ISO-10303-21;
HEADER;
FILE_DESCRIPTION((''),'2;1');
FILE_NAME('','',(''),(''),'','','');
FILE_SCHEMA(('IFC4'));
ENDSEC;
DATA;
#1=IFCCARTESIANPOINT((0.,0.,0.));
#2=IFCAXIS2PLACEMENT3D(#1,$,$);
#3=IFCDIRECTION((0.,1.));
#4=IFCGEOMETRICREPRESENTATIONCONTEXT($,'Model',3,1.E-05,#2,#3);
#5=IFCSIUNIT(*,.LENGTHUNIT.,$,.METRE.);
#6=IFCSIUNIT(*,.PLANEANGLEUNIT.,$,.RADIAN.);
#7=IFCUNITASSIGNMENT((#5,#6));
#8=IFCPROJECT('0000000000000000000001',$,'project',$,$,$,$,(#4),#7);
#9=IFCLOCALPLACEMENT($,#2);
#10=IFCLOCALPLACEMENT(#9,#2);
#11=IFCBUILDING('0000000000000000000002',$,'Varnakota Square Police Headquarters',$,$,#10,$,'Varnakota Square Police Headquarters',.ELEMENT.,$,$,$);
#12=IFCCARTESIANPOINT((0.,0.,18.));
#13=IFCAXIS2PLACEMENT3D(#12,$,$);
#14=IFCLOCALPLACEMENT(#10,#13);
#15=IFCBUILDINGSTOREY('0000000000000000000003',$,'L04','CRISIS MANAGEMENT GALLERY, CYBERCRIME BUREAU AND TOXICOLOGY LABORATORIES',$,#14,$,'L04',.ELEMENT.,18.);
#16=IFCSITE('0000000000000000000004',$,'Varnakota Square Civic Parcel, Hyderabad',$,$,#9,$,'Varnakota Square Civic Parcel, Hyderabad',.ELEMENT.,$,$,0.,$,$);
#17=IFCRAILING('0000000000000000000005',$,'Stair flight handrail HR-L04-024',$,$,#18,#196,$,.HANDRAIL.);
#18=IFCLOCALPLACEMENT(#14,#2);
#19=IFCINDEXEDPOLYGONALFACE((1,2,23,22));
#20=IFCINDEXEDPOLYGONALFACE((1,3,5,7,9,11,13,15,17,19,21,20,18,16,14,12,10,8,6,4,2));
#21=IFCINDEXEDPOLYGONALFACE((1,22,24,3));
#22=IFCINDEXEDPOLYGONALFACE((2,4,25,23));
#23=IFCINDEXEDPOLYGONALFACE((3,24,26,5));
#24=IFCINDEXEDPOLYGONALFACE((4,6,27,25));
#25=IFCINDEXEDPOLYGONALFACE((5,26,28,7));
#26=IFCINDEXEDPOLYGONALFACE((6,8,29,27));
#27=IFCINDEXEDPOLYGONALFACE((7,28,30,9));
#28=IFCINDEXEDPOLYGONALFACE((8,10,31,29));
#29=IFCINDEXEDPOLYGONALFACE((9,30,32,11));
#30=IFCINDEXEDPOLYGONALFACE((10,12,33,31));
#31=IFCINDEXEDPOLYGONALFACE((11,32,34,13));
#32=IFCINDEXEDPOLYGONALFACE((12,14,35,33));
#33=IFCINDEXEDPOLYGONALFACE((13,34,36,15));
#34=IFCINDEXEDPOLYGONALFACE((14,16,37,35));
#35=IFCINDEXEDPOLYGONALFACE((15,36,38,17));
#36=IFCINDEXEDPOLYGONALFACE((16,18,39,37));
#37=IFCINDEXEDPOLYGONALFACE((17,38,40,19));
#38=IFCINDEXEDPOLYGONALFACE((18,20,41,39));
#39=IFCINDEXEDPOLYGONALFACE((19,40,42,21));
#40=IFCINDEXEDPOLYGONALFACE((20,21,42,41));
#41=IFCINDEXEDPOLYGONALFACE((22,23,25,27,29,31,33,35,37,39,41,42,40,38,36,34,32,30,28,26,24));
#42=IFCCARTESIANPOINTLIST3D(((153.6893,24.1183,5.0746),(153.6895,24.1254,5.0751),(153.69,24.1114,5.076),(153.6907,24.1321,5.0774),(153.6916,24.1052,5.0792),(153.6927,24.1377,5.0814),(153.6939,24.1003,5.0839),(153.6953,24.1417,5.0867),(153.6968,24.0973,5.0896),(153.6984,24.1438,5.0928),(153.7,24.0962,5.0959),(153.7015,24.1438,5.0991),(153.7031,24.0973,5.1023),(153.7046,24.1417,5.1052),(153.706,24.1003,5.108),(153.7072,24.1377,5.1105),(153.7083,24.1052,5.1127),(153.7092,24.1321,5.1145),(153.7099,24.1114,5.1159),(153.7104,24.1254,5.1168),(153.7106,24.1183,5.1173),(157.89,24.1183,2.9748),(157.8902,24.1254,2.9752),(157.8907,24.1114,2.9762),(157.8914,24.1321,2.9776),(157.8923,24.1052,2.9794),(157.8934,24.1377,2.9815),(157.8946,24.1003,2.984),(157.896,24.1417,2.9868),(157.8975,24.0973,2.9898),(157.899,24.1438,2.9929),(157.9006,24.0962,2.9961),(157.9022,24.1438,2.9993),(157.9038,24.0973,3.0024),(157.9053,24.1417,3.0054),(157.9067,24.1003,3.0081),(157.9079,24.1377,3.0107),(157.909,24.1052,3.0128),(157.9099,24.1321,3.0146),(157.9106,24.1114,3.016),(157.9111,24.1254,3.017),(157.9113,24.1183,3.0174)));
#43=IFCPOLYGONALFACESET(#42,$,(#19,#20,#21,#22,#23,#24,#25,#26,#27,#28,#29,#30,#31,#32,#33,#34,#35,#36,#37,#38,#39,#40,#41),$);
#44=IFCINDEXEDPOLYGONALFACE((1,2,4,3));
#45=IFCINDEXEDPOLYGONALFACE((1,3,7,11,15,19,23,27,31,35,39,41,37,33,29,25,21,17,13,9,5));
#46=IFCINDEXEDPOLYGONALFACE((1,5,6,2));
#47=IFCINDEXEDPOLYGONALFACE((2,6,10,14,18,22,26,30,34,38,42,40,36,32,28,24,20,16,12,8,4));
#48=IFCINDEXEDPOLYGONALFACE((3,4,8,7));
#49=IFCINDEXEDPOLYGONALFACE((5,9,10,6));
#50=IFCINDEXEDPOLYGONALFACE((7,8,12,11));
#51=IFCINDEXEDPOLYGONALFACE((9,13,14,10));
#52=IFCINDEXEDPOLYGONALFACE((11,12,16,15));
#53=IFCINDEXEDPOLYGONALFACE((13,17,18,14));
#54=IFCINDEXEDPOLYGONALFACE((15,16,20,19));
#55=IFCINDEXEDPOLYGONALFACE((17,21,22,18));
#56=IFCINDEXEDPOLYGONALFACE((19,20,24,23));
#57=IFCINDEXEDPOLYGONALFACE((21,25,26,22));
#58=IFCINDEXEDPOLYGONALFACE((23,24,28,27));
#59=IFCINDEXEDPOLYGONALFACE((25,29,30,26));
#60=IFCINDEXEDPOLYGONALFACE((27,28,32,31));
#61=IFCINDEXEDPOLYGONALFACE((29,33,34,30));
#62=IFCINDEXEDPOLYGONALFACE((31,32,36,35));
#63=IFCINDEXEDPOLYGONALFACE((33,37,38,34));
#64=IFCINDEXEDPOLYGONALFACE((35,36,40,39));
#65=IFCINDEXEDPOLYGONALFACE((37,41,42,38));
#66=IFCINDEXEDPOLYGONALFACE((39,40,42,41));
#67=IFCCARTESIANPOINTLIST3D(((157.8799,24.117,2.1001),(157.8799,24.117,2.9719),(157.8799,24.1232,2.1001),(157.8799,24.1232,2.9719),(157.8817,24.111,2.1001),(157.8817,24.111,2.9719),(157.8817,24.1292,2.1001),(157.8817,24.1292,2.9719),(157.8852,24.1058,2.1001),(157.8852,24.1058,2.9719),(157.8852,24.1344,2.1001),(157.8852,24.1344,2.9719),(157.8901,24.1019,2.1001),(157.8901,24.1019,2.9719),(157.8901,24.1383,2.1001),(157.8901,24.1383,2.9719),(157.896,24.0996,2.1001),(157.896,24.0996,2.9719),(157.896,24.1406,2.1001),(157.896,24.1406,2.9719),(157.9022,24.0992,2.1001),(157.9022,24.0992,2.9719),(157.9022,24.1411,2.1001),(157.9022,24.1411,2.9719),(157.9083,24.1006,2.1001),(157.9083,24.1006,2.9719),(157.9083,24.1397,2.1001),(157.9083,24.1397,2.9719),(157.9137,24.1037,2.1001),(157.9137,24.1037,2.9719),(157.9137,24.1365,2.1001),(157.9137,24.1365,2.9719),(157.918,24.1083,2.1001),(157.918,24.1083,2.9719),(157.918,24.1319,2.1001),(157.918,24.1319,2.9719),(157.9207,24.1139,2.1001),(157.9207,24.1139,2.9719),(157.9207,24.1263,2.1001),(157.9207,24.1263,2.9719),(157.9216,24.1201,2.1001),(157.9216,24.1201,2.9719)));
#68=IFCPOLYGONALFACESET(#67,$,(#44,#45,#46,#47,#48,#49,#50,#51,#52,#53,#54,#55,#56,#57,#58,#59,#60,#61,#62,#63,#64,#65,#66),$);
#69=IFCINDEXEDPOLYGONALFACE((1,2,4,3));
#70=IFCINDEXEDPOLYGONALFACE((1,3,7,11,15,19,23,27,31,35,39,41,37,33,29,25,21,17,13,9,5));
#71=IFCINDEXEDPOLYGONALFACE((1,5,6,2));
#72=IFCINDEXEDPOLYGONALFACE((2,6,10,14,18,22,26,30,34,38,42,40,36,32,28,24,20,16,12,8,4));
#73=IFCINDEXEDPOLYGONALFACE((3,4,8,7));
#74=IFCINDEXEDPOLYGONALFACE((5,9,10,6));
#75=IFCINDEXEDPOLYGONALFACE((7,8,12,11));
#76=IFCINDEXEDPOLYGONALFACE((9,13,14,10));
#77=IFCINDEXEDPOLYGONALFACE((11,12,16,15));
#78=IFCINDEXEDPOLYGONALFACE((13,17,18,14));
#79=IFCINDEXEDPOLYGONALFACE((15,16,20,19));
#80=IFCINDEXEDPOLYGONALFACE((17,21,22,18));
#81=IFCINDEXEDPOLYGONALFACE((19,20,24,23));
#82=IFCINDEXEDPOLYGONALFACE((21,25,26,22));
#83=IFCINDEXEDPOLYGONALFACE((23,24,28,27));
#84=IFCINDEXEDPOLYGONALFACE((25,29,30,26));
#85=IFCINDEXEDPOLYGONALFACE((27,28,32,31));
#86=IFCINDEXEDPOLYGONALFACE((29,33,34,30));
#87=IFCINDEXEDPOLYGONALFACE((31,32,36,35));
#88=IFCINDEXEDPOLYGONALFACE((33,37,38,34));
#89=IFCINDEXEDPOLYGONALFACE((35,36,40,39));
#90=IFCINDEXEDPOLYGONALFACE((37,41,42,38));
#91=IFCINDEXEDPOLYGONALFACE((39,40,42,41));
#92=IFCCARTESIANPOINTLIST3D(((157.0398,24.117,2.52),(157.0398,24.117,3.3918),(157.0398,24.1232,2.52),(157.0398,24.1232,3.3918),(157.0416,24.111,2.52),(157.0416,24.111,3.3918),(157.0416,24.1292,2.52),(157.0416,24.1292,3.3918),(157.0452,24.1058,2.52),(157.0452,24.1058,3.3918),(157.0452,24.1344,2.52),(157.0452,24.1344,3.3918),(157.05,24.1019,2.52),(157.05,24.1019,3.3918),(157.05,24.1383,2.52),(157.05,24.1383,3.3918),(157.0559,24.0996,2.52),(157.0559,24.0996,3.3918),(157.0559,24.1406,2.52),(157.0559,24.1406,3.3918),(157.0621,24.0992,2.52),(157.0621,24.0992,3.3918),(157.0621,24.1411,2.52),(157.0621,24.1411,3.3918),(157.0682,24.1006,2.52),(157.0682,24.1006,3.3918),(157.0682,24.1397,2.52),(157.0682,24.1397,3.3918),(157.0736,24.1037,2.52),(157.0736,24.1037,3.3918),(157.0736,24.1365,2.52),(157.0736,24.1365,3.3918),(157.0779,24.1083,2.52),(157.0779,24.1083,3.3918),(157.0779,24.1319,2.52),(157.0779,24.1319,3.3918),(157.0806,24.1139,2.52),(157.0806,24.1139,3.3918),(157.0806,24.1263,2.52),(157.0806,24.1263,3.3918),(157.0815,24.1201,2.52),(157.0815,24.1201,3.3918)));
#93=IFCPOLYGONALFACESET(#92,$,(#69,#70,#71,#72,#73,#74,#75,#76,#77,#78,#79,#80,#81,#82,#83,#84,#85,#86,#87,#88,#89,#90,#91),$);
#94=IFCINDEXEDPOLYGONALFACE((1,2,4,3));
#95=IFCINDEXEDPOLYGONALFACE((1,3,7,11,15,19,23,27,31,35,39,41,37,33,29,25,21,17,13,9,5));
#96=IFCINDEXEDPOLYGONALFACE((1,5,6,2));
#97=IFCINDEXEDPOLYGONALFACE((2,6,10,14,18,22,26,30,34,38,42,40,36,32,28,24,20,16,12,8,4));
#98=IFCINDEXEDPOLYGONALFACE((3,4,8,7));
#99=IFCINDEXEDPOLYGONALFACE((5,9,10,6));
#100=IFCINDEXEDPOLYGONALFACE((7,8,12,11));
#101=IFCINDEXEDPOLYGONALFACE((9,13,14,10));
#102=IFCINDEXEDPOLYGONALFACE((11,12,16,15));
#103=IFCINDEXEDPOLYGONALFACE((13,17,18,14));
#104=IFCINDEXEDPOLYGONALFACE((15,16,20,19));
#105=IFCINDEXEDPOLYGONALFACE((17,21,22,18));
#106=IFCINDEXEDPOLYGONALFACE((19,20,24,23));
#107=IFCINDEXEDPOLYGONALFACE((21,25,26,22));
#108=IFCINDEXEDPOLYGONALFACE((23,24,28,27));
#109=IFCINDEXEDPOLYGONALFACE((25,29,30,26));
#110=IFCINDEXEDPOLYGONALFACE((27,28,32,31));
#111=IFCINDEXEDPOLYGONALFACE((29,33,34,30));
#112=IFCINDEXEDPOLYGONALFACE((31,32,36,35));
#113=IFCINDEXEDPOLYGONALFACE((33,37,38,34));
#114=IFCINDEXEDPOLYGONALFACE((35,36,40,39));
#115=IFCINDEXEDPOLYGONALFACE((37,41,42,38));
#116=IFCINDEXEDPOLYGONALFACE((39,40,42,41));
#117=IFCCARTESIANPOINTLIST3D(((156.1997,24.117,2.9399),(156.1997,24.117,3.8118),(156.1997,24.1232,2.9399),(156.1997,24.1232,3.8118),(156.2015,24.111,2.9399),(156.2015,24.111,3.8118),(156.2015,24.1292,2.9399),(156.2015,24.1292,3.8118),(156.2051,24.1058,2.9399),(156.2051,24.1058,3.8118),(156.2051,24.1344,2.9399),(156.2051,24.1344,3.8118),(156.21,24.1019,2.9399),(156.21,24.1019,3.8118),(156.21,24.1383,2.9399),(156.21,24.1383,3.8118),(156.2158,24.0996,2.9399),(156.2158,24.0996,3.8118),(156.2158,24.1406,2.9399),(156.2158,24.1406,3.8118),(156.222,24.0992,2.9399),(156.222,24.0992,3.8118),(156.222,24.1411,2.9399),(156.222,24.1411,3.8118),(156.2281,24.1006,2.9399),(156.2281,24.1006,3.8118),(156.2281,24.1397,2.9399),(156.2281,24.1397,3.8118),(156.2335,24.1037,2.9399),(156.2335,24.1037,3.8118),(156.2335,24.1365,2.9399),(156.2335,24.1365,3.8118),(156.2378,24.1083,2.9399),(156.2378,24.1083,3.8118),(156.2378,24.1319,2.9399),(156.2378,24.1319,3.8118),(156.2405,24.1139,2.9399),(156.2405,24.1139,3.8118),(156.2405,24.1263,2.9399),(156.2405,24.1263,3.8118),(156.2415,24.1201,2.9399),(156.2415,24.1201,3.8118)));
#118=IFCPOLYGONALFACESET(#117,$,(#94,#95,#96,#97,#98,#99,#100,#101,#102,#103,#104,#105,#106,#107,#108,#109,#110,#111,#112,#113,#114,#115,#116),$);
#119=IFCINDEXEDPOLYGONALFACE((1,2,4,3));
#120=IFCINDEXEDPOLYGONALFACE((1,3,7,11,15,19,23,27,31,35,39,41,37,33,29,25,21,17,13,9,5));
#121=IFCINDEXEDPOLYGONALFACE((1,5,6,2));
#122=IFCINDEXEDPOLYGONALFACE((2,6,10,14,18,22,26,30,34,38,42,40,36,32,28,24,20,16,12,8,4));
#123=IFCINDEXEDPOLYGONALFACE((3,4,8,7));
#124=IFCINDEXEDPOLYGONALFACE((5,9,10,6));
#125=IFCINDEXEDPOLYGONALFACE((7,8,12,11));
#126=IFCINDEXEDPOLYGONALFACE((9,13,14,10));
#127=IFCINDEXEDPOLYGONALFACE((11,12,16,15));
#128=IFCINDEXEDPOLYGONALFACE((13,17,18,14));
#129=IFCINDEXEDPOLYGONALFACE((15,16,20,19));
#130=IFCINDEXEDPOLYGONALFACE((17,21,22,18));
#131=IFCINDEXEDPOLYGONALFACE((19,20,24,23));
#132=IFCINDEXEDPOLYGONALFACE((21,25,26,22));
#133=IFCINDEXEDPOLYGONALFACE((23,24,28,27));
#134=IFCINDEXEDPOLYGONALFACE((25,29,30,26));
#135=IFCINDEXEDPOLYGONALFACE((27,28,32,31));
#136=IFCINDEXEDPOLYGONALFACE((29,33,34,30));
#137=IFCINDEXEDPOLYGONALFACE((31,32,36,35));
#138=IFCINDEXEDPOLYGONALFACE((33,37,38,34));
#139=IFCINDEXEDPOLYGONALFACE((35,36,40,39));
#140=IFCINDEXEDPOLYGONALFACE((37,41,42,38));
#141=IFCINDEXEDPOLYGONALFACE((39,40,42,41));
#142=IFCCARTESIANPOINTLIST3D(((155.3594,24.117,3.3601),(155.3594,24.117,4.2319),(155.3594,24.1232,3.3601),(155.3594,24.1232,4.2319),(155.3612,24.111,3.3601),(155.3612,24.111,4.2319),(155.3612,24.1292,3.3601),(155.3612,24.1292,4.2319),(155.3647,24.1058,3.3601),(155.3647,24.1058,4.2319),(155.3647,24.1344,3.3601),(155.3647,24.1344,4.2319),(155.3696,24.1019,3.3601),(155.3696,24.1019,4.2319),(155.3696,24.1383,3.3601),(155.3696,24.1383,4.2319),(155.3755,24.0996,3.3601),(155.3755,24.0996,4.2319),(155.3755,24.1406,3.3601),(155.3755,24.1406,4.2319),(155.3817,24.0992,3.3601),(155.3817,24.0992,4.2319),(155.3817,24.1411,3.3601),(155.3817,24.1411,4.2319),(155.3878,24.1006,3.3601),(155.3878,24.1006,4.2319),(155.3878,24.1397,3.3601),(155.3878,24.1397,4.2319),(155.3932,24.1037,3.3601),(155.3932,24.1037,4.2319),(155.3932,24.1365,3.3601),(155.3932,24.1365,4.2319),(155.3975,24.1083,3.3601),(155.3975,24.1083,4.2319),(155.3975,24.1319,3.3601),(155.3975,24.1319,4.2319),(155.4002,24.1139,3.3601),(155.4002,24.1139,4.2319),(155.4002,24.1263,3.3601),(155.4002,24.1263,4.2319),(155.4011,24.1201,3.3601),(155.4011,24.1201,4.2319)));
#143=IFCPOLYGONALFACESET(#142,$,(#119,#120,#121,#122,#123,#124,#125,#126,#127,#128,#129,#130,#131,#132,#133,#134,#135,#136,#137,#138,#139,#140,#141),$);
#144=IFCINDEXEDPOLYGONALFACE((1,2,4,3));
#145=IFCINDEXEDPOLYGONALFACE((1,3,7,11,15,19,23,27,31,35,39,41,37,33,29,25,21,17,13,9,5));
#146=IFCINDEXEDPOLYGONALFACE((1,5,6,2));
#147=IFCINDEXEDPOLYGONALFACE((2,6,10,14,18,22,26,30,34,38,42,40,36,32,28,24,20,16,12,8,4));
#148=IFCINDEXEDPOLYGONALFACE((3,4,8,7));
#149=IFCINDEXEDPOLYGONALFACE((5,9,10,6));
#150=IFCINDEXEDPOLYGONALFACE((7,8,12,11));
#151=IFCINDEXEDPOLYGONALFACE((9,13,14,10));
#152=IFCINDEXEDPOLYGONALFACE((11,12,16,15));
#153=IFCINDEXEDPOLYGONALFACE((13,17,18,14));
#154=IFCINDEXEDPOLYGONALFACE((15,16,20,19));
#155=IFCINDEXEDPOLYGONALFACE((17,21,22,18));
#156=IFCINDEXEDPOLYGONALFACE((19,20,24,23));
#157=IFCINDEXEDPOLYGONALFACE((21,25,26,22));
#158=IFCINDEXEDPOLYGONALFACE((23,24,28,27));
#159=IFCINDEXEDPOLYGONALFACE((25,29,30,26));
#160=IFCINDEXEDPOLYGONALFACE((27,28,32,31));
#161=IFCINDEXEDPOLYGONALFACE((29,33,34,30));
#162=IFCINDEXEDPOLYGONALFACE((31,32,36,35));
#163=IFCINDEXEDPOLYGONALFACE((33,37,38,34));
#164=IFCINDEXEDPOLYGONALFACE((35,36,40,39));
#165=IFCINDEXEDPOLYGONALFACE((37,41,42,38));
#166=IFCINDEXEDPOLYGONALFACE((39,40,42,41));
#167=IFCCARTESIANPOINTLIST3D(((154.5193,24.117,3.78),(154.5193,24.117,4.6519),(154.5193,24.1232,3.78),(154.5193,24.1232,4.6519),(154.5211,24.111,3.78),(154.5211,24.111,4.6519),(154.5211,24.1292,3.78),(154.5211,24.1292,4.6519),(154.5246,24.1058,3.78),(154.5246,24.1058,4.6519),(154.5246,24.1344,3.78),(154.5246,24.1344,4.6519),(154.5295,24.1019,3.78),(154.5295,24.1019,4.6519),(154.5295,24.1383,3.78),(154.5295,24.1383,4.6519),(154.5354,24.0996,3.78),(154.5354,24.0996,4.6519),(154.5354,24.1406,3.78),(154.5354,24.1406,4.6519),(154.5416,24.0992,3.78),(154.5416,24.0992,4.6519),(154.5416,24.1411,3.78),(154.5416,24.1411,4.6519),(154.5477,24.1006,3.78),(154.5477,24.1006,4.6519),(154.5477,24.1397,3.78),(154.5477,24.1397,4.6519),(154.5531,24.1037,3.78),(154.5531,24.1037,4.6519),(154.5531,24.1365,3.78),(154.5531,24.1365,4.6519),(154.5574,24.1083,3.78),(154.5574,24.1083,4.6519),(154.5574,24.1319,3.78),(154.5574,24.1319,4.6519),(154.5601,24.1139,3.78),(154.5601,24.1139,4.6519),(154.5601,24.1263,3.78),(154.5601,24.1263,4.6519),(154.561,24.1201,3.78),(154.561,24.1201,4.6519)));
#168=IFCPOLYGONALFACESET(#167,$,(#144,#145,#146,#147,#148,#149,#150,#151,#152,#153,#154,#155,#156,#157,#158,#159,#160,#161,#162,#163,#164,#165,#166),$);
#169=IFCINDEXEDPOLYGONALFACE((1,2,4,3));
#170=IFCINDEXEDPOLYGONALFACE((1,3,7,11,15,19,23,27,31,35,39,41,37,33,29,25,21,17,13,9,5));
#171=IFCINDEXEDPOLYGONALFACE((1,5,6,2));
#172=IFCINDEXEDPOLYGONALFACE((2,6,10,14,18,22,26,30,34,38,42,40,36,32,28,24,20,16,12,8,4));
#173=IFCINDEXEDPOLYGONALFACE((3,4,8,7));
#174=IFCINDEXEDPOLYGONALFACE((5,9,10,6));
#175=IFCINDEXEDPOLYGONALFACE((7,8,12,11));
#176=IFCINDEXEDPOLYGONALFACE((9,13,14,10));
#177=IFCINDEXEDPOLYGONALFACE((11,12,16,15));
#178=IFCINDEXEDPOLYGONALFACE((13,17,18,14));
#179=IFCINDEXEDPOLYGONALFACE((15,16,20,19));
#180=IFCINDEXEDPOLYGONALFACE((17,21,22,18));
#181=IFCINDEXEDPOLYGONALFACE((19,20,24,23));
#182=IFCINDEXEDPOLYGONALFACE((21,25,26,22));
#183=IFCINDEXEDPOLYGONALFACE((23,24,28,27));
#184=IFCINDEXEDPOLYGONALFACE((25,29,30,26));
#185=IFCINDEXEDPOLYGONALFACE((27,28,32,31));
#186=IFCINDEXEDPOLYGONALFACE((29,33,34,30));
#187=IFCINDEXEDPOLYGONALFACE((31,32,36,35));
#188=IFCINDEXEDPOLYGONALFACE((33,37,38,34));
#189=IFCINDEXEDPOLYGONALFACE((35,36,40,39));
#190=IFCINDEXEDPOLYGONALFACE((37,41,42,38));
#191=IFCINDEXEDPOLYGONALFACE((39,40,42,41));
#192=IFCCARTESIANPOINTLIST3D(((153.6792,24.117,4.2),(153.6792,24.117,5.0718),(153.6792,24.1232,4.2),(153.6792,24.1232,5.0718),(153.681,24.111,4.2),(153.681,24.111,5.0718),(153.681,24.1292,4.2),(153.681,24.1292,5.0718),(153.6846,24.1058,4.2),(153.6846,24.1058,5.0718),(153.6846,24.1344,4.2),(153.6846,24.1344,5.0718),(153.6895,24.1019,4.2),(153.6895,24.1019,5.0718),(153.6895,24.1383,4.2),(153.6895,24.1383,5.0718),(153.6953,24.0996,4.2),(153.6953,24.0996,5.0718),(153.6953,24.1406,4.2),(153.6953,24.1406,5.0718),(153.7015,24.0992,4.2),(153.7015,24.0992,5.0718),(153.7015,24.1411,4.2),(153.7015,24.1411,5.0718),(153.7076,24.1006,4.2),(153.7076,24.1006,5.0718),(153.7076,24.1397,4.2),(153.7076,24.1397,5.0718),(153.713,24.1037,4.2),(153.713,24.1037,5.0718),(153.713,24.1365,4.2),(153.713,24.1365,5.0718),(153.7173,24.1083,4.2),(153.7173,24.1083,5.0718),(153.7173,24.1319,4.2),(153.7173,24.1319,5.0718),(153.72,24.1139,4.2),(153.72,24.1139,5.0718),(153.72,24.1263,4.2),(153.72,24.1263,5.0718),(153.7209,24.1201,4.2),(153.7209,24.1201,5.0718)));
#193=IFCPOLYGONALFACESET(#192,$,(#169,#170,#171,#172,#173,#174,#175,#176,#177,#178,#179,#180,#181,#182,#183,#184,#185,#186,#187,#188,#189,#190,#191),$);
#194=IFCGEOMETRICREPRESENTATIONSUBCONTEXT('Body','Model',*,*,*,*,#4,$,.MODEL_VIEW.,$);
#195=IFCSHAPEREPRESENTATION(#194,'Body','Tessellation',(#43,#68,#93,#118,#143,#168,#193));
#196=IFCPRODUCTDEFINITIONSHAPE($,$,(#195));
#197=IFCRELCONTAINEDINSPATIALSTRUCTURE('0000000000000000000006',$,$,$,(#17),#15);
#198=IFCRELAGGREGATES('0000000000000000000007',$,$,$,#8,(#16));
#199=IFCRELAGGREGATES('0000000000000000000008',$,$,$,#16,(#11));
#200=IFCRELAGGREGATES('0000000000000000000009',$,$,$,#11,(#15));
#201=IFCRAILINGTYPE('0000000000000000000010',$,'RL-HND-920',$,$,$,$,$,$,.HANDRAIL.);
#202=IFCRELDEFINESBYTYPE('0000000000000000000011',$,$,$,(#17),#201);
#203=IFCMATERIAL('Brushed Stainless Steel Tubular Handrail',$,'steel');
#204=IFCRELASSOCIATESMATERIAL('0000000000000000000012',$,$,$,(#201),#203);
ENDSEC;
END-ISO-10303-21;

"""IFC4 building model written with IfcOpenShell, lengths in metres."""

from ifc_helpers import new_model, si_unit, direction, frame, origin, origin_2d, place, context, subcontext, project, spatial, circle, extrude, material, type_object, element, save


model = new_model("IFC4")

# Units and contexts
model_context = context("Model", 3, precision=1e-05, world=origin(), true_north=direction((0.0, 1.0)))
body_context = subcontext(model_context, "Body", "Model", "MODEL_VIEW")
ifc_project = project(units=[si_unit("LENGTHUNIT", "METRE"), si_unit("PLANEANGLEUNIT", "RADIAN")], contexts=[model_context])

# Site, building, storey
site_placement = place(None, origin())
site = spatial("IfcSite", under=ifc_project, at=site_placement, Name="Varnakota Square Civic Parcel, Hyderabad", LongName="Varnakota Square Civic Parcel, Hyderabad", CompositionType="ELEMENT", RefElevation=0.0)
building_placement = place(site_placement, origin())
building = spatial("IfcBuilding", under=site, at=building_placement, Name="Varnakota Square Police Headquarters", LongName="Varnakota Square Police Headquarters", CompositionType="ELEMENT")
storey_placement = place(building_placement, frame((0.0, 0.0, 18.0)))
storey = spatial("IfcBuildingStorey", under=building, at=storey_placement, Name="L04", Description="CRISIS MANAGEMENT GALLERY, CYBERCRIME BUREAU AND TOXICOLOGY LABORATORIES", LongName="L04", CompositionType="ELEMENT", Elevation=18.0)

# Railing
ifc_material_1 = material(Name="Brushed Stainless Steel Tubular Handrail", Category="steel")
railing_type_1 = type_object("IfcRailingType", Name="RL-HND-920", PredefinedType="HANDRAIL", material=ifc_material_1)
railing_1_placement = place(storey_placement, frame((157.9006, 24.1201, 2.1001)))
element("IfcRailing", 1, at=railing_1_placement, inside=storey, type_object=railing_type_1, Name="Stair flight handrail HR-L04-024", PredefinedType="HANDRAIL", context=body_context, shape_type="SweptSolid", body=[
    extrude(circle(Radius=0.0239, at=origin_2d()), frame((0.0, 0.0, 0.896), z_axis=(-0.894469, 0.0, 0.44713), x_axis=(0.0, -1.0, 0.0)), (0.0, 0.0, 1.0), 4.6963),
    extrude(circle(Radius=0.021, at=origin_2d()), origin(), (0.0, 0.0, 1.0), 0.8718),
    extrude(circle(Radius=0.021, at=origin_2d()), frame((-0.8401, 0.0, 0.4199)), (0.0, 0.0, 1.0), 0.8718),
    extrude(circle(Radius=0.021, at=origin_2d()), frame((-1.6802, 0.0, 0.8398)), (0.0, 0.0, 1.0), 0.8718),
    extrude(circle(Radius=0.021, at=origin_2d()), frame((-2.5205, 0.0, 1.26)), (0.0, 0.0, 1.0), 0.8718),
    extrude(circle(Radius=0.021, at=origin_2d()), frame((-3.3606, 0.0, 1.6799)), (0.0, 0.0, 1.0), 0.8718),
    extrude(circle(Radius=0.021, at=origin_2d()), frame((-4.2007, 0.0, 2.0999)), (0.0, 0.0, 1.0), 0.8718),
])

save(model, "model.ifc")
